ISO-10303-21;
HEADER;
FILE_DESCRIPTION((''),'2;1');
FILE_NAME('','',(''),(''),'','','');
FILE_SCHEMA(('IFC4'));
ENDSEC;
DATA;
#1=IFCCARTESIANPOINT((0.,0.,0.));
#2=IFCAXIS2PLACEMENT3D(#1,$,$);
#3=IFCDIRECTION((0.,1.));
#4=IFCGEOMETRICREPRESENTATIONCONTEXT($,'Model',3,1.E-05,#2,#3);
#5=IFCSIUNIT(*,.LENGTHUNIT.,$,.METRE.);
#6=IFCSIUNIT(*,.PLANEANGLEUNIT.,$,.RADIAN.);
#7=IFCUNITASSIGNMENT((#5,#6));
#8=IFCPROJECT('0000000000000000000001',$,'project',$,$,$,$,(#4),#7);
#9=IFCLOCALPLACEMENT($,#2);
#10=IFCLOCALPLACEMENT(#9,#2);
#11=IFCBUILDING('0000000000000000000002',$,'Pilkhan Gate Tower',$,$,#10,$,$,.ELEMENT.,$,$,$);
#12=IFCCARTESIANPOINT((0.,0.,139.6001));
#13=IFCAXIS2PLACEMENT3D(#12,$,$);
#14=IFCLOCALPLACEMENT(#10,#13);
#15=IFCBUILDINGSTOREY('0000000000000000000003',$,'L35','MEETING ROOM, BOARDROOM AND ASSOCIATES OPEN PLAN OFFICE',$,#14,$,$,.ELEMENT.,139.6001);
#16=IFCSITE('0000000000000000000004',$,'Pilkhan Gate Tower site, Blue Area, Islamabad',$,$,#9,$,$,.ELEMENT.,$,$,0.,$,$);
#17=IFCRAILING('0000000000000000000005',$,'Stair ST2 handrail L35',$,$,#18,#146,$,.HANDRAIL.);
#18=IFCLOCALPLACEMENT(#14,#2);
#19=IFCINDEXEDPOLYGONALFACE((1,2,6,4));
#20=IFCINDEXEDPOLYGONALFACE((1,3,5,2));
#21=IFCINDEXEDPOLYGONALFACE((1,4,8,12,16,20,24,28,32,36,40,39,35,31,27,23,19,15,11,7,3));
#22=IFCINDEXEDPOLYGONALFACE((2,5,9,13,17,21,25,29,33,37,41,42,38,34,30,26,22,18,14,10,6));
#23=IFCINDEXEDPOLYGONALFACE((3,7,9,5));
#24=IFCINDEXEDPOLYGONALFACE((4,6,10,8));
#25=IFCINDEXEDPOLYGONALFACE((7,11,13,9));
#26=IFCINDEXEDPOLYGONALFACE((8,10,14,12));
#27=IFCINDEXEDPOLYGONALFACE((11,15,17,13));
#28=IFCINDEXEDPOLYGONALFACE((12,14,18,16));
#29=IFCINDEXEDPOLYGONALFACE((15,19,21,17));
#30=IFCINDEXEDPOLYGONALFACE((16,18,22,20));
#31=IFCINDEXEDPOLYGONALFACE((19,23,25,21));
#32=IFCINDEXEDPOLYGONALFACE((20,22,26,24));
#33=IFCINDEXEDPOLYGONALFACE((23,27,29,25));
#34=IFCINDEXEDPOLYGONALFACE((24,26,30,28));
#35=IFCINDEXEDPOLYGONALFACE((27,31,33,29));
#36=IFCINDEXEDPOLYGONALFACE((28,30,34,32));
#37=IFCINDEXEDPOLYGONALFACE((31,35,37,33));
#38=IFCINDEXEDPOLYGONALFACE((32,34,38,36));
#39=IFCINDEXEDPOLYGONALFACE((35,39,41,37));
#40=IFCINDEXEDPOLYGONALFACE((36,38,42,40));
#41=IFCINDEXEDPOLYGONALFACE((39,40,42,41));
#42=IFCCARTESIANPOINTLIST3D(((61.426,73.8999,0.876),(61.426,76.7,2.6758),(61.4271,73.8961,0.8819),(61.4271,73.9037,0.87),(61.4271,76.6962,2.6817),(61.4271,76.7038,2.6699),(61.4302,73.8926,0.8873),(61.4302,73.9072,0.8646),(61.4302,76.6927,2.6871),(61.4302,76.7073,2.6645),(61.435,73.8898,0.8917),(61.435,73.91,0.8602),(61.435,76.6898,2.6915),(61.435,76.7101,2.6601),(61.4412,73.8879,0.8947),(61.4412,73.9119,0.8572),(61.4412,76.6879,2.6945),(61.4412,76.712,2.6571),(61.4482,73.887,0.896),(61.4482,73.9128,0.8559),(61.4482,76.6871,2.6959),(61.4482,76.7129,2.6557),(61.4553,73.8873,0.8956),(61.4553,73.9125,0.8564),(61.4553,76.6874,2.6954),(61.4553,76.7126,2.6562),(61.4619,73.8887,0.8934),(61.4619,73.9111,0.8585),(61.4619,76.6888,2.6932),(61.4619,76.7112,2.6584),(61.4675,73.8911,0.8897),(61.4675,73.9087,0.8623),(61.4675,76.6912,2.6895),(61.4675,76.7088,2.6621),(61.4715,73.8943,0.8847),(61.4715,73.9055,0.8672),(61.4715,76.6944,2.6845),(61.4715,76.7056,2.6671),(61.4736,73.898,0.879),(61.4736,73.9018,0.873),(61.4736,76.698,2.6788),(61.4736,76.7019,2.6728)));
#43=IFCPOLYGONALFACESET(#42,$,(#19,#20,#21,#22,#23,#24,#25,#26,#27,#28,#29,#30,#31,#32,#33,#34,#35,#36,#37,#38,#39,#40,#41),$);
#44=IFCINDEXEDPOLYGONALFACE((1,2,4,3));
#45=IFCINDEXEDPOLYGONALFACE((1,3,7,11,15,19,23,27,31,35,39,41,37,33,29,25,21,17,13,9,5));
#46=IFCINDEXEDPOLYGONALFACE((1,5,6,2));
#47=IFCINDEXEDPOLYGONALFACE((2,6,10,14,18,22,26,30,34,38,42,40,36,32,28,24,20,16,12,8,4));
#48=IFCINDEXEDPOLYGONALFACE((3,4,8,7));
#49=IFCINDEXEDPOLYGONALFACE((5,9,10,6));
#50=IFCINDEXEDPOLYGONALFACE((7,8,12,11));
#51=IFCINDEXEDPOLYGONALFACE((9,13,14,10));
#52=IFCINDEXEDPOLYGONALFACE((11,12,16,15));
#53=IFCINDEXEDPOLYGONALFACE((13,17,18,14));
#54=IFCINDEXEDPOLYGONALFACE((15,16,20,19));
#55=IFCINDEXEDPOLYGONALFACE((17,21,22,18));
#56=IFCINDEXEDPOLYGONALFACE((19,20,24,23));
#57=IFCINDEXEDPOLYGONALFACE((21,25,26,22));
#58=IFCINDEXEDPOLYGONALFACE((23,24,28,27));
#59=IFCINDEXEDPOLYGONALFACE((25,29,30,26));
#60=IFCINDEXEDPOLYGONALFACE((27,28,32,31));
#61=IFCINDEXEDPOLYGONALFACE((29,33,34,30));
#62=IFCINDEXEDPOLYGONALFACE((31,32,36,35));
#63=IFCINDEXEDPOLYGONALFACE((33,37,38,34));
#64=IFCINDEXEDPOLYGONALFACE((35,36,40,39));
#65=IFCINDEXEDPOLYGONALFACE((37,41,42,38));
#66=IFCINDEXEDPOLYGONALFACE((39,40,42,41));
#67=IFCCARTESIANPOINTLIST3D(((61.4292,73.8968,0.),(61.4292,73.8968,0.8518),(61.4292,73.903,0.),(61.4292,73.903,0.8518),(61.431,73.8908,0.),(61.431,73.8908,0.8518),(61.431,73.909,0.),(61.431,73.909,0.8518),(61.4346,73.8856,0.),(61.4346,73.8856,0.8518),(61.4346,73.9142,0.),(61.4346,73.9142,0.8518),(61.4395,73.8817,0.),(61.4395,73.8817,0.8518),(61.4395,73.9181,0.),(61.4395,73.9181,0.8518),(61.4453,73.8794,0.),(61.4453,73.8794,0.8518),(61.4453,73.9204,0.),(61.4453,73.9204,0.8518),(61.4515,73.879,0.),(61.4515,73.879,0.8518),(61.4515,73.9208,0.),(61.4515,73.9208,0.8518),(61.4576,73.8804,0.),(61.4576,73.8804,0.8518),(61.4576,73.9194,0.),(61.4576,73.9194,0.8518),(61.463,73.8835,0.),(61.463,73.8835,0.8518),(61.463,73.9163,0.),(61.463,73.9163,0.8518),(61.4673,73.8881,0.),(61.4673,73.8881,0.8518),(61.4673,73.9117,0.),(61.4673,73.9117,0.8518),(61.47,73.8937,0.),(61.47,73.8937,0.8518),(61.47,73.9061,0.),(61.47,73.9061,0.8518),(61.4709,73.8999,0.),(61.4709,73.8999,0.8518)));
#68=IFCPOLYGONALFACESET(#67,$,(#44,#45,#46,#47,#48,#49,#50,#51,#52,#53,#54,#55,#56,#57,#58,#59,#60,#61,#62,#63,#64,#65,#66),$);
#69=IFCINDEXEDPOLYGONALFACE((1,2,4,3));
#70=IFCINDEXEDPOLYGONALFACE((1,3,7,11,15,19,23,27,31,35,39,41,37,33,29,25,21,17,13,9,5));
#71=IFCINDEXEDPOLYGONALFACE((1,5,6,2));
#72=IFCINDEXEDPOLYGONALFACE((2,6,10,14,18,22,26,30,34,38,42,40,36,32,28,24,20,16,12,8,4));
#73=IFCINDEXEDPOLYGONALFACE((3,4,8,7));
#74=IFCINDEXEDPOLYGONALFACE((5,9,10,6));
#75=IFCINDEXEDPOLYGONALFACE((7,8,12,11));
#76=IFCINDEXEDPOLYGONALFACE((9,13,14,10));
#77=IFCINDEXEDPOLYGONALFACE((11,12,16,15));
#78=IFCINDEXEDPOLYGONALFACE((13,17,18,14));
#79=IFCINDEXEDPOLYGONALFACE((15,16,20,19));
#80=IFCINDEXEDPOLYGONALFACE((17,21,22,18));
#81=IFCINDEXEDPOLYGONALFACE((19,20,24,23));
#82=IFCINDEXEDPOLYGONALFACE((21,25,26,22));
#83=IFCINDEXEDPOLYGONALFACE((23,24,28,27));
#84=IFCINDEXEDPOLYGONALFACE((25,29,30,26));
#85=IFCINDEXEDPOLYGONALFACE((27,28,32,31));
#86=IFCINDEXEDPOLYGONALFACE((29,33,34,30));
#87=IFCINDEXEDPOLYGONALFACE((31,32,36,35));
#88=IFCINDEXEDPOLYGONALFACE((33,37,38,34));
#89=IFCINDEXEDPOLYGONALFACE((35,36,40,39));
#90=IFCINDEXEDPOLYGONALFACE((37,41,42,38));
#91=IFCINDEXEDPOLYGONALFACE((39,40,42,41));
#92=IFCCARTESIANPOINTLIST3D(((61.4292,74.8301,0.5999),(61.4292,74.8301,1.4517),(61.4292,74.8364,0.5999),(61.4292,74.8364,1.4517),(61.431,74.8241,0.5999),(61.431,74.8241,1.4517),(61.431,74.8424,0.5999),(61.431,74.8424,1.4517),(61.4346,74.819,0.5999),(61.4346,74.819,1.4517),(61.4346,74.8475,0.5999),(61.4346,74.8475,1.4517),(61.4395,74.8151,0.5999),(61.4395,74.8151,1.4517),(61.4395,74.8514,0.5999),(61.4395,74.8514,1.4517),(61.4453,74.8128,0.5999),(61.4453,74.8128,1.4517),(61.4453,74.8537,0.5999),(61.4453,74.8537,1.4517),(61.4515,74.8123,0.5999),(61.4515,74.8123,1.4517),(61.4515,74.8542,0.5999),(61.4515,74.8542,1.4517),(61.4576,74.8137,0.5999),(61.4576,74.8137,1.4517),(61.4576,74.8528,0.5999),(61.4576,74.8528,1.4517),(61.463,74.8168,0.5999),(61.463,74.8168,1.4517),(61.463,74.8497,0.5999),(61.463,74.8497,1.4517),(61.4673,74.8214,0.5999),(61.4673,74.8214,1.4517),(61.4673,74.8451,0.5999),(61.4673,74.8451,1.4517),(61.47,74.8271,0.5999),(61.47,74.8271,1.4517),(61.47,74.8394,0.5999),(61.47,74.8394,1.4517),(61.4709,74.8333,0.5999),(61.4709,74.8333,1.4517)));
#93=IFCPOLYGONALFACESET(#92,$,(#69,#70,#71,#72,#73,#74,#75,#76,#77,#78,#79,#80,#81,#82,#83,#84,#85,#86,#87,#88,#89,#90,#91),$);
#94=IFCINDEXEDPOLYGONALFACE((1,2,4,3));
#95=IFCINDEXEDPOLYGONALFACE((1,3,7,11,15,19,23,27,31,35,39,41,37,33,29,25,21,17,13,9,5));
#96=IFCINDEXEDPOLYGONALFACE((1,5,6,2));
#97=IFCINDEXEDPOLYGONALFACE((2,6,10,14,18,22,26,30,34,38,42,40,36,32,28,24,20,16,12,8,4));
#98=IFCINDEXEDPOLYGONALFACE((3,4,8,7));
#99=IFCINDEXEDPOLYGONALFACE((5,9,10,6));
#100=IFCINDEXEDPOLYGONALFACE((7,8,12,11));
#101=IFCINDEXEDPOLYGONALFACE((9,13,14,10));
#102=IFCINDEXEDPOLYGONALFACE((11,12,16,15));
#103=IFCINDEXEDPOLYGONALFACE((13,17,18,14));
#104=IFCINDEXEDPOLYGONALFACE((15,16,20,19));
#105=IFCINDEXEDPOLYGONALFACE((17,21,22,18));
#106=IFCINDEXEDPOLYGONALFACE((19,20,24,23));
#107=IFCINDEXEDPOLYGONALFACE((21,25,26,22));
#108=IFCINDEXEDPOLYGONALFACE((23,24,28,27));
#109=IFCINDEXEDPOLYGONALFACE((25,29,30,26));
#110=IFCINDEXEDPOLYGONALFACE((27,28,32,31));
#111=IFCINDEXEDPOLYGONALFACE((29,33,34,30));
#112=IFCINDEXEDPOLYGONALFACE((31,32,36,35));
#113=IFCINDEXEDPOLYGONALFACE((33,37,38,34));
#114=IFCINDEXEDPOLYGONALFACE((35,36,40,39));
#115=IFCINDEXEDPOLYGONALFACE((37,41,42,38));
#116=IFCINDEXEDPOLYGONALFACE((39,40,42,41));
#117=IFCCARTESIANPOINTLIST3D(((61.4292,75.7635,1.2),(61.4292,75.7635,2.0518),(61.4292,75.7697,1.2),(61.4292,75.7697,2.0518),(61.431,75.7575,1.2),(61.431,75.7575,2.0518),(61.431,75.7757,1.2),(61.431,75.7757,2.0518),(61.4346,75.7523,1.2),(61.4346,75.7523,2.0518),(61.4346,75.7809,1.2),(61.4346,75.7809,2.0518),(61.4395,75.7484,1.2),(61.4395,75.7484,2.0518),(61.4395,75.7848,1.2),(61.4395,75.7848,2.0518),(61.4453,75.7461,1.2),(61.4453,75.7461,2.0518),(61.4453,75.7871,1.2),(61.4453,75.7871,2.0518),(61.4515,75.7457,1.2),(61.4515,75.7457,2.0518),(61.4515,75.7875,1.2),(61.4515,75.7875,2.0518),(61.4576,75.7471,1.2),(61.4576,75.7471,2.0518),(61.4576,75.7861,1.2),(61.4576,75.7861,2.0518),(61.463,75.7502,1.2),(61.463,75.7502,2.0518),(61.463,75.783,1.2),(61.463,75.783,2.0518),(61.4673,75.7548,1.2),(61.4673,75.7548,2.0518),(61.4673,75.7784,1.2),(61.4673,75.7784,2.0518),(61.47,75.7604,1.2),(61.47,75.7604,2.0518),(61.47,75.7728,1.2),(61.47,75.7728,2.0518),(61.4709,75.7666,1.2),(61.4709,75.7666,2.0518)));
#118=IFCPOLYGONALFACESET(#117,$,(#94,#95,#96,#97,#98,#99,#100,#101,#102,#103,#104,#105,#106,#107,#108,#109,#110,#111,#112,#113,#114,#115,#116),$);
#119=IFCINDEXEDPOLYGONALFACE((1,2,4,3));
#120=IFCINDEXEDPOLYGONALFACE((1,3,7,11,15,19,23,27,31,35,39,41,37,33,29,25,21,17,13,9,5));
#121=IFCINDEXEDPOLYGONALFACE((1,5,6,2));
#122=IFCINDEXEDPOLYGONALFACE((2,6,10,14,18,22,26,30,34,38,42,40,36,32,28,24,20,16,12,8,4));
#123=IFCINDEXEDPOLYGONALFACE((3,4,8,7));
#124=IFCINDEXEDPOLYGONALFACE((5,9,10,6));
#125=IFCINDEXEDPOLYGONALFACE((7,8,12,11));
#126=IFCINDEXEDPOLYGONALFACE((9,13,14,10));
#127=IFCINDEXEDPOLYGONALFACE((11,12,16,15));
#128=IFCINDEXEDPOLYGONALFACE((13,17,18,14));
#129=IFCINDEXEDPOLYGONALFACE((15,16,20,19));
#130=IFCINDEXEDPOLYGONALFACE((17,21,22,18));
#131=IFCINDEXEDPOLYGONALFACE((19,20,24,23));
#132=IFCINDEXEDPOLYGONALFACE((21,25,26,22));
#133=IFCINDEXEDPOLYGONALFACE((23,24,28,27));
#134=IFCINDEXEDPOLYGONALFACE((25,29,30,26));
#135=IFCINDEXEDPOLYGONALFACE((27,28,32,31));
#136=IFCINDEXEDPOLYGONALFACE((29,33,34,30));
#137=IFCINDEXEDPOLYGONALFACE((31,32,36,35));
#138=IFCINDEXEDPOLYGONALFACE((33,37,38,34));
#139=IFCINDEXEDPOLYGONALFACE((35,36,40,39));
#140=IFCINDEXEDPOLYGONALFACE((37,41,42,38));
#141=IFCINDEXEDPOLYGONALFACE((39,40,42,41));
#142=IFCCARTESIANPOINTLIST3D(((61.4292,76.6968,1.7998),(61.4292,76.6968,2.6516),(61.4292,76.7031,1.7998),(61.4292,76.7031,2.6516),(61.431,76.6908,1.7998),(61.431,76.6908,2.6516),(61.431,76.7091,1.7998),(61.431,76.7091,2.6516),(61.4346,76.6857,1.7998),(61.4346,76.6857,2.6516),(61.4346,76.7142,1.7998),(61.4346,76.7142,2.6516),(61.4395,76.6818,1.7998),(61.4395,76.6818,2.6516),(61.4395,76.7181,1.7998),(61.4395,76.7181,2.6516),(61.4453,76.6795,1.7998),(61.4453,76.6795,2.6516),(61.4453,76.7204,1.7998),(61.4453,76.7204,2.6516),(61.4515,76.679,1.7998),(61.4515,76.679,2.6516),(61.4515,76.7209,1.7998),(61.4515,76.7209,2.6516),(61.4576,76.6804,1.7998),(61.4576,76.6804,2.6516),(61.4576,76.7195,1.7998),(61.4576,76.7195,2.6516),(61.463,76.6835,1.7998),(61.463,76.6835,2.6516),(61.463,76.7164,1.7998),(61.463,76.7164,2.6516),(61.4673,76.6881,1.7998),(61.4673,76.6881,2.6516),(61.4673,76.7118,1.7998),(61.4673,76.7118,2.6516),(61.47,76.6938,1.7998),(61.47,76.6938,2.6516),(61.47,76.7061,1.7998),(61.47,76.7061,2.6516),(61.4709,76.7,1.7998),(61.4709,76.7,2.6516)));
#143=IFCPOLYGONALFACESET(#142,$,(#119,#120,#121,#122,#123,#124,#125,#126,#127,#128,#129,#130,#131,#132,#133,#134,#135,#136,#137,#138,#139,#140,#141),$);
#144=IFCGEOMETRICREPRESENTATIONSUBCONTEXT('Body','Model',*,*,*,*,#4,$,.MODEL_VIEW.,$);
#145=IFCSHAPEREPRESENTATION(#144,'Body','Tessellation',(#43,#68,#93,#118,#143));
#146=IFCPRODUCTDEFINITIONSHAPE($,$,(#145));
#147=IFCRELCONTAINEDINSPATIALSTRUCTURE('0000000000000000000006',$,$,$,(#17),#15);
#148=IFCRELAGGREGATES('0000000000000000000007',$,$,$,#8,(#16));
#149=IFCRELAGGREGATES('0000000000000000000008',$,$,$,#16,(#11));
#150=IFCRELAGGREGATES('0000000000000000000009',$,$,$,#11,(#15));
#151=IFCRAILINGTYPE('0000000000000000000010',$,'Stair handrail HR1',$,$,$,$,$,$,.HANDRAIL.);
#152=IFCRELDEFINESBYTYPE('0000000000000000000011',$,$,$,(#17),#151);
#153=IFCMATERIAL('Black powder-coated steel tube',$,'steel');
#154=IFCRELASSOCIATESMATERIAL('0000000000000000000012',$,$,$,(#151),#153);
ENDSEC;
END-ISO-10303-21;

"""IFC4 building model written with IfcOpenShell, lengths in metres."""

from ifc_helpers import new_model, si_unit, direction, frame, origin, origin_2d, place, context, subcontext, project, spatial, circle, extrude, material, type_object, element, save


model = new_model("IFC4")

# Units and contexts
model_context = context("Model", 3, precision=1e-05, world=origin(), true_north=direction((0.0, 1.0)))
body_context = subcontext(model_context, "Body", "Model", "MODEL_VIEW")
ifc_project = project(units=[si_unit("LENGTHUNIT", "METRE"), si_unit("PLANEANGLEUNIT", "RADIAN")], contexts=[model_context])

# Site, building, storey
site_placement = place(None, origin())
site = spatial("IfcSite", under=ifc_project, at=site_placement, Name="Pilkhan Gate Tower site, Blue Area, Islamabad", CompositionType="ELEMENT", RefElevation=0.0)
building_placement = place(site_placement, origin())
building = spatial("IfcBuilding", under=site, at=building_placement, Name="Pilkhan Gate Tower", CompositionType="ELEMENT")
storey_placement = place(building_placement, frame((0.0, 0.0, 139.6001)))
storey = spatial("IfcBuildingStorey", under=building, at=storey_placement, Name="L35", Description="MEETING ROOM, BOARDROOM AND ASSOCIATES OPEN PLAN OFFICE", CompositionType="ELEMENT", Elevation=139.6001)

# Railing
ifc_material_1 = material(Name="Black powder-coated steel tube", Category="steel")
railing_type_1 = type_object("IfcRailingType", Name="Stair handrail HR1", PredefinedType="HANDRAIL", material=ifc_material_1)
railing_1_placement = place(storey_placement, frame((61.45, 73.8999, 0.0)))
element("IfcRailing", 1, at=railing_1_placement, inside=storey, type_object=railing_type_1, Name="Stair ST2 handrail L35", PredefinedType="HANDRAIL", context=body_context, shape_type="SweptSolid", body=[
    extrude(circle(Radius=0.0239, at=origin_2d()), frame((0.0, 0.0, 0.876), z_axis=(0.0, 0.841209, 0.540709), x_axis=(-1.0, 0.0, 0.0)), (0.0, 0.0, 1.0), 3.3286),
    extrude(circle(Radius=0.021, at=origin_2d()), origin(), (0.0, 0.0, 1.0), 0.8518),
    extrude(circle(Radius=0.021, at=origin_2d()), frame((0.0, 0.9333, 0.5999)), (0.0, 0.0, 1.0), 0.8518),
    extrude(circle(Radius=0.021, at=origin_2d()), frame((0.0, 1.8667, 1.2)), (0.0, 0.0, 1.0), 0.8518),
    extrude(circle(Radius=0.021, at=origin_2d()), frame((0.0, 2.8, 1.7998)), (0.0, 0.0, 1.0), 0.8518),
])

save(model, "model.ifc")
